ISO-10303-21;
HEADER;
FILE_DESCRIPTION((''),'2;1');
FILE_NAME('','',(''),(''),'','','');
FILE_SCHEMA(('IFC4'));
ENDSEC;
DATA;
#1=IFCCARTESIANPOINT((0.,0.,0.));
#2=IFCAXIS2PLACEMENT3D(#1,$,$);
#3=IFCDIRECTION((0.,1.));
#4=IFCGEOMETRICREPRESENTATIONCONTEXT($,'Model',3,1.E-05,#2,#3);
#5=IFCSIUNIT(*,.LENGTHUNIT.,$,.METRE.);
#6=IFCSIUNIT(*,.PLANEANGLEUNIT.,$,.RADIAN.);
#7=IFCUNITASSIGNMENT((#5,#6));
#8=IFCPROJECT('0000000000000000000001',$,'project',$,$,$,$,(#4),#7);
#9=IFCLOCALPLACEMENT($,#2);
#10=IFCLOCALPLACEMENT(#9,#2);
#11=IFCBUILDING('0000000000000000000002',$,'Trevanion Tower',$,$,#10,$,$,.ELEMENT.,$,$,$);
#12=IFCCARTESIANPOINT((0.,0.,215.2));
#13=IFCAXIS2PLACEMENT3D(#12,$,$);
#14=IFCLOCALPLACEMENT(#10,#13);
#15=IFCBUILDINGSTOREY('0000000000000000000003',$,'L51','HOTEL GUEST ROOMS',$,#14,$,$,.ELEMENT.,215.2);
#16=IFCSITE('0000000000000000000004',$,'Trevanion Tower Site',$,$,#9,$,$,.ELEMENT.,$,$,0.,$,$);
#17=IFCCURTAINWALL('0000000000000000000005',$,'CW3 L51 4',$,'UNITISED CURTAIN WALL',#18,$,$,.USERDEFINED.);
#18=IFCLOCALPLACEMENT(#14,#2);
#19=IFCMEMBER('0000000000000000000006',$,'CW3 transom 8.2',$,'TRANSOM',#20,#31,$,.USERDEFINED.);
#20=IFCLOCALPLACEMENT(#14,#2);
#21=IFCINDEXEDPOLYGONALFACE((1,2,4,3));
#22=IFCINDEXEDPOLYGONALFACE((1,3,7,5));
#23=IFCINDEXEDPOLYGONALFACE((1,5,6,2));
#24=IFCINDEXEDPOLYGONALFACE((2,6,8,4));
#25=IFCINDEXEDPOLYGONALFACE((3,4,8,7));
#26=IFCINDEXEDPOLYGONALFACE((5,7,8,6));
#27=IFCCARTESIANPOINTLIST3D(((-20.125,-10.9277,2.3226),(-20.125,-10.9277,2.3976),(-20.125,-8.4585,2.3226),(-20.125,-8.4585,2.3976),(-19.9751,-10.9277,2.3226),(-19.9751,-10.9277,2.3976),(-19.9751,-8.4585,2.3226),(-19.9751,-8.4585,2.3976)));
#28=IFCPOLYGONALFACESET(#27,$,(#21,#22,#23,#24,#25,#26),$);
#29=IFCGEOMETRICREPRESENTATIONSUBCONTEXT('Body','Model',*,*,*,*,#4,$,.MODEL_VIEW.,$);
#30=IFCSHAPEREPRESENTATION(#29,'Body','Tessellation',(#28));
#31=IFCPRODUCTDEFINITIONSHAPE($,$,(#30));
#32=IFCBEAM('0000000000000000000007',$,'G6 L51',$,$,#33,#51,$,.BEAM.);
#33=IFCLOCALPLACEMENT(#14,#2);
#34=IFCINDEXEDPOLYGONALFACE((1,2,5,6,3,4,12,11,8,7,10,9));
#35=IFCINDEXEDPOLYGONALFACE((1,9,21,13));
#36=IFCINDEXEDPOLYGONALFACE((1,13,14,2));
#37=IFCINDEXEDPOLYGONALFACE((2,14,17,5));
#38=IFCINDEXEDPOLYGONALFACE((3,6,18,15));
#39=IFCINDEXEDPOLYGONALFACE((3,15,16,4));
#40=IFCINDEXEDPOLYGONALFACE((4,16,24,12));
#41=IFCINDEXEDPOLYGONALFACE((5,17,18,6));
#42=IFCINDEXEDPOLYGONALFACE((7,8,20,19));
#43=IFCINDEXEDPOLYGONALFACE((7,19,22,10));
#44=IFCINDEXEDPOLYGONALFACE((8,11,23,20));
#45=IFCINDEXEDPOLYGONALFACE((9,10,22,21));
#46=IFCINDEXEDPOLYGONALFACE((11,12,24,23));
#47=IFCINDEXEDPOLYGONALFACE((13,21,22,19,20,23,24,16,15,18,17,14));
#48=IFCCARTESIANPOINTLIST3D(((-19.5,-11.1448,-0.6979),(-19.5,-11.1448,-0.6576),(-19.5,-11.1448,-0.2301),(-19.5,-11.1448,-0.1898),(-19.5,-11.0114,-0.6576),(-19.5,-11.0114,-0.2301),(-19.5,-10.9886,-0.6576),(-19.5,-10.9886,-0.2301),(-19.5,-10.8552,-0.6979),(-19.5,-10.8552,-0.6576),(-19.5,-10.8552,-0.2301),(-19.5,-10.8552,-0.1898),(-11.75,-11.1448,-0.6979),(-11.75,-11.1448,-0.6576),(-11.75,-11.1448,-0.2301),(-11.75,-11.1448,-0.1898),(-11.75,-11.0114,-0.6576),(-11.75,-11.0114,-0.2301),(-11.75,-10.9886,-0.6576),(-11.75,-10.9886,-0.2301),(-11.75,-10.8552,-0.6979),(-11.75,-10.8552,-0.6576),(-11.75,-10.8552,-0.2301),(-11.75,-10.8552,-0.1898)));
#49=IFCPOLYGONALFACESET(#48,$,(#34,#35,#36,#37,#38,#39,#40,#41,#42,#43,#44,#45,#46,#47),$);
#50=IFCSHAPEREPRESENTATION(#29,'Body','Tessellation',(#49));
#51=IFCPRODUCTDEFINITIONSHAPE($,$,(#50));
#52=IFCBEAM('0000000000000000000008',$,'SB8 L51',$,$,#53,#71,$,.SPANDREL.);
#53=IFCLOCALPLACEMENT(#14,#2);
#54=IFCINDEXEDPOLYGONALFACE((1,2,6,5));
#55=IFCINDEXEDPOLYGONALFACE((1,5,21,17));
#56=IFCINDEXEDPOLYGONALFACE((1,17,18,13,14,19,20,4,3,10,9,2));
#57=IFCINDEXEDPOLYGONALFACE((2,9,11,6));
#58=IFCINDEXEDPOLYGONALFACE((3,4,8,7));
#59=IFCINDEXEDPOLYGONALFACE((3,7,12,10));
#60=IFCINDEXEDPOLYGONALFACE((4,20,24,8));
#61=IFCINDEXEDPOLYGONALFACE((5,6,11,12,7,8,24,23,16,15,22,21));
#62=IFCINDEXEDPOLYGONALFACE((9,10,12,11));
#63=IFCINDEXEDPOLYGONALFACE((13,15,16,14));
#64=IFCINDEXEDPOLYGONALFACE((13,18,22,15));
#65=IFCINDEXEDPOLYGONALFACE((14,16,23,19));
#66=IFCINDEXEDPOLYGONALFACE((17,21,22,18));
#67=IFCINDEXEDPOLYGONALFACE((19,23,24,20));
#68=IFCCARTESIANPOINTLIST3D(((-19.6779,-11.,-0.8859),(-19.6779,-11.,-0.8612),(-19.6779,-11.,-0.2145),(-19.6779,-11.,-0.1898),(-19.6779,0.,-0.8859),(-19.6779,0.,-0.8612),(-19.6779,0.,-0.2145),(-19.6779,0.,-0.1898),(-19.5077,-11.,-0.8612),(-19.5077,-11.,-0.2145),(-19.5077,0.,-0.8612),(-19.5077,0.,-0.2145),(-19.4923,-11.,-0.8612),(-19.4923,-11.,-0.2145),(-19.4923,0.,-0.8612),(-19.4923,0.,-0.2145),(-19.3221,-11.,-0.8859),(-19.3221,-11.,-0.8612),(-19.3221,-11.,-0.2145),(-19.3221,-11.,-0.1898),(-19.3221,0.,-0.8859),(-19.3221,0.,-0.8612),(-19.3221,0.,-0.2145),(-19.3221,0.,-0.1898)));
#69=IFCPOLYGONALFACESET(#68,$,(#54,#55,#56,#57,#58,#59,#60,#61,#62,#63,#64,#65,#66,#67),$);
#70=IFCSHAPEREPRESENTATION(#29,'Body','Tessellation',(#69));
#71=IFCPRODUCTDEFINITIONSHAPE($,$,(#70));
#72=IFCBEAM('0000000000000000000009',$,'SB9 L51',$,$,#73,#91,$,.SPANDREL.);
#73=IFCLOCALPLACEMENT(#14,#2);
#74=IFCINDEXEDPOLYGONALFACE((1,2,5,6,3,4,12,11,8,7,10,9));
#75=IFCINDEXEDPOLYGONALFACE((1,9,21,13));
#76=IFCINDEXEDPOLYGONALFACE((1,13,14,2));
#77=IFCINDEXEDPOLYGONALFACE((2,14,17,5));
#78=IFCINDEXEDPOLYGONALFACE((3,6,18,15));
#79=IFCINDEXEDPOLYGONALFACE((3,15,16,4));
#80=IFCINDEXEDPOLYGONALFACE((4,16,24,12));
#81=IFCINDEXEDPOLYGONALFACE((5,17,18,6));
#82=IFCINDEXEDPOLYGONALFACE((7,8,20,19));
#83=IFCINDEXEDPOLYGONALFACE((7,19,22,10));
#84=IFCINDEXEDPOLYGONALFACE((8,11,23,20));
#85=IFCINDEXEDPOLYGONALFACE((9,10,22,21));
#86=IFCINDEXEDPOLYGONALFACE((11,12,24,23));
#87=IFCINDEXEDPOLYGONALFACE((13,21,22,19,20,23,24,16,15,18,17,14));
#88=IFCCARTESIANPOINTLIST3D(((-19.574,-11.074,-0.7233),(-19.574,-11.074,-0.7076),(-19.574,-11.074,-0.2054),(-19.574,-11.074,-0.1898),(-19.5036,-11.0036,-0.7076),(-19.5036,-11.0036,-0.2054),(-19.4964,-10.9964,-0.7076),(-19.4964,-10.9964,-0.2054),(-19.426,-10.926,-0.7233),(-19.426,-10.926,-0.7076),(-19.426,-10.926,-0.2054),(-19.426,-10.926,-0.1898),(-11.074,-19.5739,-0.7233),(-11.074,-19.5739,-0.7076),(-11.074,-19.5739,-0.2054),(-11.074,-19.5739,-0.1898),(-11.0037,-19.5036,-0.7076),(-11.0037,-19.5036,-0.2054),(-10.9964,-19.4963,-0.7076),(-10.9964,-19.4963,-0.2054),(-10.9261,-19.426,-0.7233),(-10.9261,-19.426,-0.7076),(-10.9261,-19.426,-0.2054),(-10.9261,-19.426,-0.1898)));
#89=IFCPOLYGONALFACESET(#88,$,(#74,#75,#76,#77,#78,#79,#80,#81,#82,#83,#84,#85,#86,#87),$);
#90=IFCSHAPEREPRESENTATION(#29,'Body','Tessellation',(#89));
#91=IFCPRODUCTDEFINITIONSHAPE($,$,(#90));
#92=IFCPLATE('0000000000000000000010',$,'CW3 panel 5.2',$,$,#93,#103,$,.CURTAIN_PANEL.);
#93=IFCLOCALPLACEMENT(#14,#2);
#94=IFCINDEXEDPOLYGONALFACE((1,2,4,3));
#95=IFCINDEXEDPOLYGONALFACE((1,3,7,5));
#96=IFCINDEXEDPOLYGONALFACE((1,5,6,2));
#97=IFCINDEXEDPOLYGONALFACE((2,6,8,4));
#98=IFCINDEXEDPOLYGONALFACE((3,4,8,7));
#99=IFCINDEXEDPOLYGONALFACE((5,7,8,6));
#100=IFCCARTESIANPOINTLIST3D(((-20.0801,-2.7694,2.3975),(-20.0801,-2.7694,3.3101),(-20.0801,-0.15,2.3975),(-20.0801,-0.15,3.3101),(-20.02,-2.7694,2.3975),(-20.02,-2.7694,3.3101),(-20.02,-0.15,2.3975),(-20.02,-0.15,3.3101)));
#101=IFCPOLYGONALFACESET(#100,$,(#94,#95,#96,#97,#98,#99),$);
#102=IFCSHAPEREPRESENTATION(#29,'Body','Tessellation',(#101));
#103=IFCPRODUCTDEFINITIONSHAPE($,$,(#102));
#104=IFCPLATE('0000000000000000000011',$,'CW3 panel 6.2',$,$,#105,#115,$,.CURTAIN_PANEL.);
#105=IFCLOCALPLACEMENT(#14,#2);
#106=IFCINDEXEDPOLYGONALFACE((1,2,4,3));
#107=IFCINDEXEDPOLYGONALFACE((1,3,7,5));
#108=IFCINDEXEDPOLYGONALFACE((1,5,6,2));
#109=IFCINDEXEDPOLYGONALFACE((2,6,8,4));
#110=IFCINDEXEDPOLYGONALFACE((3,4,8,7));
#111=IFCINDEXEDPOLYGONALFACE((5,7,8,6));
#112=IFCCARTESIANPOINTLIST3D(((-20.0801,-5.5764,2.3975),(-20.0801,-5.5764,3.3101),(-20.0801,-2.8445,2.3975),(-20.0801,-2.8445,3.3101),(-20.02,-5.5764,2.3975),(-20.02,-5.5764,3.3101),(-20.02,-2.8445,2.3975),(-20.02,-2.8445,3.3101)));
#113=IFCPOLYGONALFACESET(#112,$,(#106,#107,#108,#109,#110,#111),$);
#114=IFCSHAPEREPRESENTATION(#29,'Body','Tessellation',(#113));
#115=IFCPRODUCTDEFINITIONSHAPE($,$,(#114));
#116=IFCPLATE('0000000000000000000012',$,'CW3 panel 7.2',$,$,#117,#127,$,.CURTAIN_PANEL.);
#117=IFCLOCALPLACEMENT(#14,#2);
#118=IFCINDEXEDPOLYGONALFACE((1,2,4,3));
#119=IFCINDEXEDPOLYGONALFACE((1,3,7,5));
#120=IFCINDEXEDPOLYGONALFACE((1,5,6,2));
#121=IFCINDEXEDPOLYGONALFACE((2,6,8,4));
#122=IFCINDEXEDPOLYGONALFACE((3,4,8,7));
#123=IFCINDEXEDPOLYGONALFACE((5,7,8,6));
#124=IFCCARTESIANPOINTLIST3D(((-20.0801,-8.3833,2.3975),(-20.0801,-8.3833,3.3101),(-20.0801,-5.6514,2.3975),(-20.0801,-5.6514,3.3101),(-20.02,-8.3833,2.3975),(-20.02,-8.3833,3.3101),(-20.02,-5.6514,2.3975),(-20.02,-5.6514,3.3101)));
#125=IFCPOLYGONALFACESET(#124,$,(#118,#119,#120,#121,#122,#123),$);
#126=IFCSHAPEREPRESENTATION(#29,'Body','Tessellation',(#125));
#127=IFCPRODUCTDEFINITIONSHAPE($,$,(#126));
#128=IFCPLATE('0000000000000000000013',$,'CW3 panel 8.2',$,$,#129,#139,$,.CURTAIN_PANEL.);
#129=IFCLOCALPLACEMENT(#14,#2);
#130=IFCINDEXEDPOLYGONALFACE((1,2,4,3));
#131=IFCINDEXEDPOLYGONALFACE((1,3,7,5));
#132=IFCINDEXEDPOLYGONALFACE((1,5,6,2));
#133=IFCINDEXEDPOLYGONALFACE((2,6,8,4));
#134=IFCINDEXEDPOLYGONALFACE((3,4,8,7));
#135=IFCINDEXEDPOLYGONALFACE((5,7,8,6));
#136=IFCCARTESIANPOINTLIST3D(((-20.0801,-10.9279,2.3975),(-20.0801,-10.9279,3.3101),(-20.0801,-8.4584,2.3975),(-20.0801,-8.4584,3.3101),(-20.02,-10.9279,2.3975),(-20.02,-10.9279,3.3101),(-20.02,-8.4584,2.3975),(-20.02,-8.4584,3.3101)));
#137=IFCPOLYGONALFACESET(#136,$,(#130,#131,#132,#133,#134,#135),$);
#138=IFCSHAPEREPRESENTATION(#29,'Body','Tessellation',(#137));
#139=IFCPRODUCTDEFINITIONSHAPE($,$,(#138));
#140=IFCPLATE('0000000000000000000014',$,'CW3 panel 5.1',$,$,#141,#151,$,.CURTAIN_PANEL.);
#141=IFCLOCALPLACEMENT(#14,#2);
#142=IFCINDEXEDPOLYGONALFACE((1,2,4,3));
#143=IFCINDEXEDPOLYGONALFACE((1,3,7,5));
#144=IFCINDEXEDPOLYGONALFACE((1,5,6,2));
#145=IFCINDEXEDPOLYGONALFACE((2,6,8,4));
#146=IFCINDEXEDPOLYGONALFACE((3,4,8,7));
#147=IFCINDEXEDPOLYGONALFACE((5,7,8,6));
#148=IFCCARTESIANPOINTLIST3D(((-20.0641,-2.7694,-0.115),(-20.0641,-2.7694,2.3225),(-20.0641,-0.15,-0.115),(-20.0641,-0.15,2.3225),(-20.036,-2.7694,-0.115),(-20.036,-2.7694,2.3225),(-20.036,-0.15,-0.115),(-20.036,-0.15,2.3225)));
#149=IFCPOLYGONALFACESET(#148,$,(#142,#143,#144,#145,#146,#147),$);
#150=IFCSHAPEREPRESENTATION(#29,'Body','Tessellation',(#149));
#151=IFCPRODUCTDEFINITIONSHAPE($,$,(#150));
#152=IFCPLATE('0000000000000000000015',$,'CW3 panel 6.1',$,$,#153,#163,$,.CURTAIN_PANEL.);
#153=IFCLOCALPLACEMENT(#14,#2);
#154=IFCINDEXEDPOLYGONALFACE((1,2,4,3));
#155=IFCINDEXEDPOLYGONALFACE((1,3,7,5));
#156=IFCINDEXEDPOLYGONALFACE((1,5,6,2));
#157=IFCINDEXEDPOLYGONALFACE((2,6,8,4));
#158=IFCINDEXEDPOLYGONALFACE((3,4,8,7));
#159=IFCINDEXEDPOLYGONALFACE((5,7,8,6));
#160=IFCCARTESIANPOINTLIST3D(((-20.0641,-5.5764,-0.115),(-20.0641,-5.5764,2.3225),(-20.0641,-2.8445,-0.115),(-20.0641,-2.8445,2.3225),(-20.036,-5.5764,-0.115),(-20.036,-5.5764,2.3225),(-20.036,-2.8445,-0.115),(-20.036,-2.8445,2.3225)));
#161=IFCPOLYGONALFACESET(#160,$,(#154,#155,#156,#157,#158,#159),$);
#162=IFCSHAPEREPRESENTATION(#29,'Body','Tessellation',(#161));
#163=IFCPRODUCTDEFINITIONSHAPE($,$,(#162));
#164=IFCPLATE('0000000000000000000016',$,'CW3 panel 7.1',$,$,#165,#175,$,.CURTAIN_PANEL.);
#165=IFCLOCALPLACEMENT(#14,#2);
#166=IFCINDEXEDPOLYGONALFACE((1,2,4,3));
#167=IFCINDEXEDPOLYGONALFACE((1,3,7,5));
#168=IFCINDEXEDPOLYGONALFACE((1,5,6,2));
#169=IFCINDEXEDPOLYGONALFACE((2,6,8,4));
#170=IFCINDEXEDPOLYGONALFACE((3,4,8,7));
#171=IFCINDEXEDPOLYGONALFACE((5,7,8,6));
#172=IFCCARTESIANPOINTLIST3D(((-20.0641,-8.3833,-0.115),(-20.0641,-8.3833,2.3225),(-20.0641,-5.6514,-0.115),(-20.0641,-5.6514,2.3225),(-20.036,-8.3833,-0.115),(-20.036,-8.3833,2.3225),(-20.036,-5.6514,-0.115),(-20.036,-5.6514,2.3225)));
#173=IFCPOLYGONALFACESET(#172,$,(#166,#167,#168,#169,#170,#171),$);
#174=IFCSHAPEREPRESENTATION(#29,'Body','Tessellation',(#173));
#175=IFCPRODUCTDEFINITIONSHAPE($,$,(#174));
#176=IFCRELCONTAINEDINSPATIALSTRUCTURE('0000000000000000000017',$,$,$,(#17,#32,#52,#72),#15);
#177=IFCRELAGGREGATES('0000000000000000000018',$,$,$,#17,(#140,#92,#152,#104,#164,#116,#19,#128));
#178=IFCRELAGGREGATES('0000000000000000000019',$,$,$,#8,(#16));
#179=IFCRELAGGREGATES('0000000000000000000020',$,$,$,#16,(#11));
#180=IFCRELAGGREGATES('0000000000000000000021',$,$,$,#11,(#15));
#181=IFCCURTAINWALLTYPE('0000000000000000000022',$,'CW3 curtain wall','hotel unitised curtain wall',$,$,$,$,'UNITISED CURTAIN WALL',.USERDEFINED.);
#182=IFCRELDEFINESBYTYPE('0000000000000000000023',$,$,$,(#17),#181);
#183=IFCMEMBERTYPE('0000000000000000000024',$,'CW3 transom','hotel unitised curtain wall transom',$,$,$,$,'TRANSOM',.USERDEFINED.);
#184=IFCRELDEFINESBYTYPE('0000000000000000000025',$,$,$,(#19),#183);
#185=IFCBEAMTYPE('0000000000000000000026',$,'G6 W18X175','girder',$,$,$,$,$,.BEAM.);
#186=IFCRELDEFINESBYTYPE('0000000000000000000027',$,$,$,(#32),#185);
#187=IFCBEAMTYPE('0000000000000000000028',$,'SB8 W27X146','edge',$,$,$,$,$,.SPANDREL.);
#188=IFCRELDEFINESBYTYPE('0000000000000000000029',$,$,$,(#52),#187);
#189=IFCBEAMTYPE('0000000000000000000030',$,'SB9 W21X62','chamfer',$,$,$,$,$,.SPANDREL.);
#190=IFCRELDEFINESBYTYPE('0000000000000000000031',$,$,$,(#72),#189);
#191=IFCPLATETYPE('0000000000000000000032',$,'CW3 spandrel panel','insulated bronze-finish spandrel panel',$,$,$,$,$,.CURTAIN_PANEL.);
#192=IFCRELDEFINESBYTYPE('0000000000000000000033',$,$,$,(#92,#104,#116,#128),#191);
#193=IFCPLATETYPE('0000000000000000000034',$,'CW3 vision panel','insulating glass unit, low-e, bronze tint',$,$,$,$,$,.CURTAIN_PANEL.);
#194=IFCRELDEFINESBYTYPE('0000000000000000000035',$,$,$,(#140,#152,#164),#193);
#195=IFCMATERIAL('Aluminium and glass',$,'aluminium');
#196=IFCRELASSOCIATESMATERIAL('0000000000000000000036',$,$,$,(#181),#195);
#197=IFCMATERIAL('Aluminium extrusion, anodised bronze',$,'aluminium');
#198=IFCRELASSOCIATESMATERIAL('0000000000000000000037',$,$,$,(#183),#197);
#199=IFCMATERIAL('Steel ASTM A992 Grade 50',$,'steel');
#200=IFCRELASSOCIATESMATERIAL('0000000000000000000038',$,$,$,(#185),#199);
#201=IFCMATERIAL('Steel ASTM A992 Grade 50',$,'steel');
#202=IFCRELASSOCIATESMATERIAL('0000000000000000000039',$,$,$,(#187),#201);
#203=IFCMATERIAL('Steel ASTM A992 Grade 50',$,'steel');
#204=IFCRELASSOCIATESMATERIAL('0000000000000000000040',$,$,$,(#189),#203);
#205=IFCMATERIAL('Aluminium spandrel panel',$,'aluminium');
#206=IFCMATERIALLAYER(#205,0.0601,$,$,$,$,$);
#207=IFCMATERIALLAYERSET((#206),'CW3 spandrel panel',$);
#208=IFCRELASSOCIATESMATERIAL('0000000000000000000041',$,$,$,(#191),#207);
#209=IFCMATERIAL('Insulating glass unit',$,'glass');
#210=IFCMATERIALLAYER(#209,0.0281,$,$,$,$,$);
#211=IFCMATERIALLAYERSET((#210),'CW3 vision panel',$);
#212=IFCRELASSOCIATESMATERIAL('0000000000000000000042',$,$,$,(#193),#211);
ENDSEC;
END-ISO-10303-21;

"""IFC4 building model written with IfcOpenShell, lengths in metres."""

from ifc_helpers import new_model, si_unit, direction, frame, origin, origin_2d, place, context, subcontext, project, spatial, rectangle, i_section, extrude, material, layer, layer_set, material_profile, profile_set, type_object, element, aggregate, save


model = new_model("IFC4")

# Units and contexts
model_context = context("Model", 3, precision=1e-05, world=origin(), true_north=direction((0.0, 1.0)))
body_context = subcontext(model_context, "Body", "Model", "MODEL_VIEW")
ifc_project = project(units=[si_unit("LENGTHUNIT", "METRE"), si_unit("PLANEANGLEUNIT", "RADIAN")], contexts=[model_context])

# Site, building, storey
site_placement = place(None, origin())
site = spatial("IfcSite", under=ifc_project, at=site_placement, Name="Trevanion Tower Site", CompositionType="ELEMENT", RefElevation=0.0)
building_placement = place(site_placement, origin())
building = spatial("IfcBuilding", under=site, at=building_placement, Name="Trevanion Tower", CompositionType="ELEMENT")
storey_placement = place(building_placement, frame((0.0, 0.0, 215.2)))
storey = spatial("IfcBuildingStorey", under=building, at=storey_placement, Name="L51", Description="HOTEL GUEST ROOMS", CompositionType="ELEMENT", Elevation=215.2)

# Curtain wall, member
ifc_material_1 = material(Name="Aluminium and glass", Category="aluminium")
curtain_wall_type = type_object("IfcCurtainWallType", Name="CW3 curtain wall", Description="hotel unitised curtain wall", ElementType="UNITISED CURTAIN WALL", PredefinedType="USERDEFINED", material=ifc_material_1)
curtain_wall_placement = place(storey_placement, origin())
curtain_wall = element("IfcCurtainWall", 1, at=curtain_wall_placement, inside=storey, type_object=curtain_wall_type, Name="CW3 L51 4", ObjectType="UNITISED CURTAIN WALL", PredefinedType="USERDEFINED")
ifc_material_2 = material(Name="Aluminium extrusion, anodised bronze", Category="aluminium")
ifc_material_profile_1 = material_profile(ifc_material_2, rectangle(XDim=0.1499, YDim=0.075, at=origin_2d()), Name="CW3 transom")
ifc_profile_set_1 = profile_set([ifc_material_profile_1], Name="Aluminium extrusion, anodised bronze")
member_type_1 = type_object("IfcMemberType", Name="CW3 transom", Description="hotel unitised curtain wall transom", ElementType="TRANSOM", PredefinedType="USERDEFINED", material=ifc_profile_set_1)
member_1_placement = place(storey_placement, frame((-20.05, -8.4585, 2.3601), z_axis=(0.0, -1.0, 0.0), x_axis=(1.0, 0.0, 0.0)))
member_1 = element("IfcMember", 2, at=member_1_placement, type_object=member_type_1, Name="CW3 transom 8.2", ObjectType="TRANSOM", PredefinedType="USERDEFINED", context=body_context, shape_type="SweptSolid", body=[
    extrude(rectangle(XDim=0.1499, YDim=0.075, at=origin_2d()), origin(), (0.0, 0.0, 1.0), 2.4692),
])

# Beams
ifc_material_3 = material(Name="Steel ASTM A992 Grade 50", Category="steel")
ifc_material_profile_2 = material_profile(ifc_material_3, i_section(OverallWidth=0.2896, OverallDepth=0.5081, WebThickness=0.0227, FlangeThickness=0.0403, at=origin_2d()), Name="W18X175")
ifc_profile_set_2 = profile_set([ifc_material_profile_2], Name="Steel ASTM A992 Grade 50")
beam_type_1 = type_object("IfcBeamType", Name="G6 W18X175", Description="girder", PredefinedType="BEAM", material=ifc_profile_set_2)
beam_1_placement = place(storey_placement, frame((-11.75, -11.0, -0.4438), z_axis=(-1.0, 0.0, 0.0), x_axis=(0.0, -1.0, 0.0)))
element("IfcBeam", 3, at=beam_1_placement, inside=storey, type_object=beam_type_1, Name="G6 L51", PredefinedType="BEAM", context=body_context, shape_type="SweptSolid", body=[
    extrude(i_section(OverallWidth=0.2896, OverallDepth=0.5081, WebThickness=0.0227, FlangeThickness=0.0403, at=origin_2d()), origin(), (0.0, 0.0, 1.0), 7.75),
])
ifc_material_4 = material(Name="Steel ASTM A992 Grade 50", Category="steel")
ifc_material_profile_3 = material_profile(ifc_material_4, i_section(OverallWidth=0.3557, OverallDepth=0.696, WebThickness=0.0154, FlangeThickness=0.0247, at=origin_2d()), Name="W27X146")
ifc_profile_set_3 = profile_set([ifc_material_profile_3], Name="Steel ASTM A992 Grade 50")
beam_type_2 = type_object("IfcBeamType", Name="SB8 W27X146", Description="edge", PredefinedType="SPANDREL", material=ifc_profile_set_3)
beam_2_placement = place(storey_placement, frame((-19.5, 0.0, -0.5378), z_axis=(0.0, -1.0, 0.0), x_axis=(1.0, 0.0, 0.0)))
element("IfcBeam", 4, at=beam_2_placement, inside=storey, type_object=beam_type_2, Name="SB8 L51", PredefinedType="SPANDREL", context=body_context, shape_type="SweptSolid", body=[
    extrude(i_section(OverallWidth=0.3557, OverallDepth=0.696, WebThickness=0.0154, FlangeThickness=0.0247, at=origin_2d()), origin(), (0.0, 0.0, 1.0), 11.0),
])
ifc_material_5 = material(Name="Steel ASTM A992 Grade 50", Category="steel")
ifc_material_profile_4 = material_profile(ifc_material_5, i_section(OverallWidth=0.2092, OverallDepth=0.5334, WebThickness=0.0103, FlangeThickness=0.0156, at=origin_2d()), Name="W21X62")
ifc_profile_set_4 = profile_set([ifc_material_profile_4], Name="Steel ASTM A992 Grade 50")
beam_type_3 = type_object("IfcBeamType", Name="SB9 W21X62", Description="chamfer", PredefinedType="SPANDREL", material=ifc_profile_set_4)
beam_3_placement = place(storey_placement, frame((-19.5, -11.0, -0.4565), z_axis=(0.707107, -0.707107, 0.0), x_axis=(0.707107, 0.707107, 0.0)))
element("IfcBeam", 5, at=beam_3_placement, inside=storey, type_object=beam_type_3, Name="SB9 L51", PredefinedType="SPANDREL", context=body_context, shape_type="SweptSolid", body=[
    extrude(i_section(OverallWidth=0.2092, OverallDepth=0.5334, WebThickness=0.0103, FlangeThickness=0.0156, at=origin_2d()), origin(), (0.0, 0.0, 1.0), 12.0208),
])

# Plates
ifc_material_6 = material(Name="Aluminium spandrel panel", Category="aluminium")
ifc_layer_1 = layer(ifc_material_6, 0.0601)
ifc_layer_set_1 = layer_set([ifc_layer_1], Name="CW3 spandrel panel")
plate_type_1 = type_object("IfcPlateType", Name="CW3 spandrel panel", Description="insulated bronze-finish spandrel panel", PredefinedType="CURTAIN_PANEL", material=ifc_layer_set_1)
plate_1_placement = place(storey_placement, frame((-20.05, -1.4597, 2.3975), z_axis=(0.0, 0.0, 1.0), x_axis=(0.0, -1.0, 0.0)))
plate_1 = element("IfcPlate", 6, at=plate_1_placement, type_object=plate_type_1, Name="CW3 panel 5.2", PredefinedType="CURTAIN_PANEL", context=body_context, shape_type="SweptSolid", body=[
    extrude(rectangle(XDim=2.6194, YDim=0.0601, at=origin_2d()), origin(), (0.0, 0.0, 1.0), 0.9126),
])
plate_2_placement = place(storey_placement, frame((-20.05, -4.2104, 2.3975), z_axis=(0.0, 0.0, 1.0), x_axis=(0.0, -1.0, 0.0)))
plate_2 = element("IfcPlate", 7, at=plate_2_placement, type_object=plate_type_1, Name="CW3 panel 6.2", PredefinedType="CURTAIN_PANEL", context=body_context, shape_type="SweptSolid", body=[
    extrude(rectangle(XDim=2.7319, YDim=0.0601, at=origin_2d()), origin(), (0.0, 0.0, 1.0), 0.9126),
])
plate_3_placement = place(storey_placement, frame((-20.05, -7.0173, 2.3975), z_axis=(0.0, 0.0, 1.0), x_axis=(0.0, -1.0, 0.0)))
plate_3 = element("IfcPlate", 8, at=plate_3_placement, type_object=plate_type_1, Name="CW3 panel 7.2", PredefinedType="CURTAIN_PANEL", context=body_context, shape_type="SweptSolid", body=[
    extrude(rectangle(XDim=2.7319, YDim=0.0601, at=origin_2d()), origin(), (0.0, 0.0, 1.0), 0.9126),
])
plate_4_placement = place(storey_placement, frame((-20.05, -9.6931, 2.3975), z_axis=(0.0, 0.0, 1.0), x_axis=(0.0, -1.0, 0.0)))
plate_4 = element("IfcPlate", 9, at=plate_4_placement, type_object=plate_type_1, Name="CW3 panel 8.2", PredefinedType="CURTAIN_PANEL", context=body_context, shape_type="SweptSolid", body=[
    extrude(rectangle(XDim=2.4695, YDim=0.0601, at=origin_2d()), origin(), (0.0, 0.0, 1.0), 0.9126),
])
ifc_material_7 = material(Name="Insulating glass unit", Category="glass")
ifc_layer_2 = layer(ifc_material_7, 0.0281)
ifc_layer_set_2 = layer_set([ifc_layer_2], Name="CW3 vision panel")
plate_type_2 = type_object("IfcPlateType", Name="CW3 vision panel", Description="insulating glass unit, low-e, bronze tint", PredefinedType="CURTAIN_PANEL", material=ifc_layer_set_2)
plate_5_placement = place(storey_placement, frame((-20.05, -1.4597, -0.115), z_axis=(0.0, 0.0, 1.0), x_axis=(0.0, -1.0, 0.0)))
plate_5 = element("IfcPlate", 10, at=plate_5_placement, type_object=plate_type_2, Name="CW3 panel 5.1", PredefinedType="CURTAIN_PANEL", context=body_context, shape_type="SweptSolid", body=[
    extrude(rectangle(XDim=2.6194, YDim=0.0281, at=origin_2d()), origin(), (0.0, 0.0, 1.0), 2.4375),
])
plate_6_placement = place(storey_placement, frame((-20.05, -4.2104, -0.115), z_axis=(0.0, 0.0, 1.0), x_axis=(0.0, -1.0, 0.0)))
plate_6 = element("IfcPlate", 11, at=plate_6_placement, type_object=plate_type_2, Name="CW3 panel 6.1", PredefinedType="CURTAIN_PANEL", context=body_context, shape_type="SweptSolid", body=[
    extrude(rectangle(XDim=2.7319, YDim=0.0281, at=origin_2d()), origin(), (0.0, 0.0, 1.0), 2.4375),
])
plate_7_placement = place(storey_placement, frame((-20.05, -7.0173, -0.115), z_axis=(0.0, 0.0, 1.0), x_axis=(0.0, -1.0, 0.0)))
plate_7 = element("IfcPlate", 12, at=plate_7_placement, type_object=plate_type_2, Name="CW3 panel 7.1", PredefinedType="CURTAIN_PANEL", context=body_context, shape_type="SweptSolid", body=[
    extrude(rectangle(XDim=2.7319, YDim=0.0281, at=origin_2d()), origin(), (0.0, 0.0, 1.0), 2.4375),
])
aggregate(curtain_wall, [plate_5, plate_1, plate_6, plate_2, plate_7, plate_3, member_1, plate_4])

save(model, "model.ifc")
